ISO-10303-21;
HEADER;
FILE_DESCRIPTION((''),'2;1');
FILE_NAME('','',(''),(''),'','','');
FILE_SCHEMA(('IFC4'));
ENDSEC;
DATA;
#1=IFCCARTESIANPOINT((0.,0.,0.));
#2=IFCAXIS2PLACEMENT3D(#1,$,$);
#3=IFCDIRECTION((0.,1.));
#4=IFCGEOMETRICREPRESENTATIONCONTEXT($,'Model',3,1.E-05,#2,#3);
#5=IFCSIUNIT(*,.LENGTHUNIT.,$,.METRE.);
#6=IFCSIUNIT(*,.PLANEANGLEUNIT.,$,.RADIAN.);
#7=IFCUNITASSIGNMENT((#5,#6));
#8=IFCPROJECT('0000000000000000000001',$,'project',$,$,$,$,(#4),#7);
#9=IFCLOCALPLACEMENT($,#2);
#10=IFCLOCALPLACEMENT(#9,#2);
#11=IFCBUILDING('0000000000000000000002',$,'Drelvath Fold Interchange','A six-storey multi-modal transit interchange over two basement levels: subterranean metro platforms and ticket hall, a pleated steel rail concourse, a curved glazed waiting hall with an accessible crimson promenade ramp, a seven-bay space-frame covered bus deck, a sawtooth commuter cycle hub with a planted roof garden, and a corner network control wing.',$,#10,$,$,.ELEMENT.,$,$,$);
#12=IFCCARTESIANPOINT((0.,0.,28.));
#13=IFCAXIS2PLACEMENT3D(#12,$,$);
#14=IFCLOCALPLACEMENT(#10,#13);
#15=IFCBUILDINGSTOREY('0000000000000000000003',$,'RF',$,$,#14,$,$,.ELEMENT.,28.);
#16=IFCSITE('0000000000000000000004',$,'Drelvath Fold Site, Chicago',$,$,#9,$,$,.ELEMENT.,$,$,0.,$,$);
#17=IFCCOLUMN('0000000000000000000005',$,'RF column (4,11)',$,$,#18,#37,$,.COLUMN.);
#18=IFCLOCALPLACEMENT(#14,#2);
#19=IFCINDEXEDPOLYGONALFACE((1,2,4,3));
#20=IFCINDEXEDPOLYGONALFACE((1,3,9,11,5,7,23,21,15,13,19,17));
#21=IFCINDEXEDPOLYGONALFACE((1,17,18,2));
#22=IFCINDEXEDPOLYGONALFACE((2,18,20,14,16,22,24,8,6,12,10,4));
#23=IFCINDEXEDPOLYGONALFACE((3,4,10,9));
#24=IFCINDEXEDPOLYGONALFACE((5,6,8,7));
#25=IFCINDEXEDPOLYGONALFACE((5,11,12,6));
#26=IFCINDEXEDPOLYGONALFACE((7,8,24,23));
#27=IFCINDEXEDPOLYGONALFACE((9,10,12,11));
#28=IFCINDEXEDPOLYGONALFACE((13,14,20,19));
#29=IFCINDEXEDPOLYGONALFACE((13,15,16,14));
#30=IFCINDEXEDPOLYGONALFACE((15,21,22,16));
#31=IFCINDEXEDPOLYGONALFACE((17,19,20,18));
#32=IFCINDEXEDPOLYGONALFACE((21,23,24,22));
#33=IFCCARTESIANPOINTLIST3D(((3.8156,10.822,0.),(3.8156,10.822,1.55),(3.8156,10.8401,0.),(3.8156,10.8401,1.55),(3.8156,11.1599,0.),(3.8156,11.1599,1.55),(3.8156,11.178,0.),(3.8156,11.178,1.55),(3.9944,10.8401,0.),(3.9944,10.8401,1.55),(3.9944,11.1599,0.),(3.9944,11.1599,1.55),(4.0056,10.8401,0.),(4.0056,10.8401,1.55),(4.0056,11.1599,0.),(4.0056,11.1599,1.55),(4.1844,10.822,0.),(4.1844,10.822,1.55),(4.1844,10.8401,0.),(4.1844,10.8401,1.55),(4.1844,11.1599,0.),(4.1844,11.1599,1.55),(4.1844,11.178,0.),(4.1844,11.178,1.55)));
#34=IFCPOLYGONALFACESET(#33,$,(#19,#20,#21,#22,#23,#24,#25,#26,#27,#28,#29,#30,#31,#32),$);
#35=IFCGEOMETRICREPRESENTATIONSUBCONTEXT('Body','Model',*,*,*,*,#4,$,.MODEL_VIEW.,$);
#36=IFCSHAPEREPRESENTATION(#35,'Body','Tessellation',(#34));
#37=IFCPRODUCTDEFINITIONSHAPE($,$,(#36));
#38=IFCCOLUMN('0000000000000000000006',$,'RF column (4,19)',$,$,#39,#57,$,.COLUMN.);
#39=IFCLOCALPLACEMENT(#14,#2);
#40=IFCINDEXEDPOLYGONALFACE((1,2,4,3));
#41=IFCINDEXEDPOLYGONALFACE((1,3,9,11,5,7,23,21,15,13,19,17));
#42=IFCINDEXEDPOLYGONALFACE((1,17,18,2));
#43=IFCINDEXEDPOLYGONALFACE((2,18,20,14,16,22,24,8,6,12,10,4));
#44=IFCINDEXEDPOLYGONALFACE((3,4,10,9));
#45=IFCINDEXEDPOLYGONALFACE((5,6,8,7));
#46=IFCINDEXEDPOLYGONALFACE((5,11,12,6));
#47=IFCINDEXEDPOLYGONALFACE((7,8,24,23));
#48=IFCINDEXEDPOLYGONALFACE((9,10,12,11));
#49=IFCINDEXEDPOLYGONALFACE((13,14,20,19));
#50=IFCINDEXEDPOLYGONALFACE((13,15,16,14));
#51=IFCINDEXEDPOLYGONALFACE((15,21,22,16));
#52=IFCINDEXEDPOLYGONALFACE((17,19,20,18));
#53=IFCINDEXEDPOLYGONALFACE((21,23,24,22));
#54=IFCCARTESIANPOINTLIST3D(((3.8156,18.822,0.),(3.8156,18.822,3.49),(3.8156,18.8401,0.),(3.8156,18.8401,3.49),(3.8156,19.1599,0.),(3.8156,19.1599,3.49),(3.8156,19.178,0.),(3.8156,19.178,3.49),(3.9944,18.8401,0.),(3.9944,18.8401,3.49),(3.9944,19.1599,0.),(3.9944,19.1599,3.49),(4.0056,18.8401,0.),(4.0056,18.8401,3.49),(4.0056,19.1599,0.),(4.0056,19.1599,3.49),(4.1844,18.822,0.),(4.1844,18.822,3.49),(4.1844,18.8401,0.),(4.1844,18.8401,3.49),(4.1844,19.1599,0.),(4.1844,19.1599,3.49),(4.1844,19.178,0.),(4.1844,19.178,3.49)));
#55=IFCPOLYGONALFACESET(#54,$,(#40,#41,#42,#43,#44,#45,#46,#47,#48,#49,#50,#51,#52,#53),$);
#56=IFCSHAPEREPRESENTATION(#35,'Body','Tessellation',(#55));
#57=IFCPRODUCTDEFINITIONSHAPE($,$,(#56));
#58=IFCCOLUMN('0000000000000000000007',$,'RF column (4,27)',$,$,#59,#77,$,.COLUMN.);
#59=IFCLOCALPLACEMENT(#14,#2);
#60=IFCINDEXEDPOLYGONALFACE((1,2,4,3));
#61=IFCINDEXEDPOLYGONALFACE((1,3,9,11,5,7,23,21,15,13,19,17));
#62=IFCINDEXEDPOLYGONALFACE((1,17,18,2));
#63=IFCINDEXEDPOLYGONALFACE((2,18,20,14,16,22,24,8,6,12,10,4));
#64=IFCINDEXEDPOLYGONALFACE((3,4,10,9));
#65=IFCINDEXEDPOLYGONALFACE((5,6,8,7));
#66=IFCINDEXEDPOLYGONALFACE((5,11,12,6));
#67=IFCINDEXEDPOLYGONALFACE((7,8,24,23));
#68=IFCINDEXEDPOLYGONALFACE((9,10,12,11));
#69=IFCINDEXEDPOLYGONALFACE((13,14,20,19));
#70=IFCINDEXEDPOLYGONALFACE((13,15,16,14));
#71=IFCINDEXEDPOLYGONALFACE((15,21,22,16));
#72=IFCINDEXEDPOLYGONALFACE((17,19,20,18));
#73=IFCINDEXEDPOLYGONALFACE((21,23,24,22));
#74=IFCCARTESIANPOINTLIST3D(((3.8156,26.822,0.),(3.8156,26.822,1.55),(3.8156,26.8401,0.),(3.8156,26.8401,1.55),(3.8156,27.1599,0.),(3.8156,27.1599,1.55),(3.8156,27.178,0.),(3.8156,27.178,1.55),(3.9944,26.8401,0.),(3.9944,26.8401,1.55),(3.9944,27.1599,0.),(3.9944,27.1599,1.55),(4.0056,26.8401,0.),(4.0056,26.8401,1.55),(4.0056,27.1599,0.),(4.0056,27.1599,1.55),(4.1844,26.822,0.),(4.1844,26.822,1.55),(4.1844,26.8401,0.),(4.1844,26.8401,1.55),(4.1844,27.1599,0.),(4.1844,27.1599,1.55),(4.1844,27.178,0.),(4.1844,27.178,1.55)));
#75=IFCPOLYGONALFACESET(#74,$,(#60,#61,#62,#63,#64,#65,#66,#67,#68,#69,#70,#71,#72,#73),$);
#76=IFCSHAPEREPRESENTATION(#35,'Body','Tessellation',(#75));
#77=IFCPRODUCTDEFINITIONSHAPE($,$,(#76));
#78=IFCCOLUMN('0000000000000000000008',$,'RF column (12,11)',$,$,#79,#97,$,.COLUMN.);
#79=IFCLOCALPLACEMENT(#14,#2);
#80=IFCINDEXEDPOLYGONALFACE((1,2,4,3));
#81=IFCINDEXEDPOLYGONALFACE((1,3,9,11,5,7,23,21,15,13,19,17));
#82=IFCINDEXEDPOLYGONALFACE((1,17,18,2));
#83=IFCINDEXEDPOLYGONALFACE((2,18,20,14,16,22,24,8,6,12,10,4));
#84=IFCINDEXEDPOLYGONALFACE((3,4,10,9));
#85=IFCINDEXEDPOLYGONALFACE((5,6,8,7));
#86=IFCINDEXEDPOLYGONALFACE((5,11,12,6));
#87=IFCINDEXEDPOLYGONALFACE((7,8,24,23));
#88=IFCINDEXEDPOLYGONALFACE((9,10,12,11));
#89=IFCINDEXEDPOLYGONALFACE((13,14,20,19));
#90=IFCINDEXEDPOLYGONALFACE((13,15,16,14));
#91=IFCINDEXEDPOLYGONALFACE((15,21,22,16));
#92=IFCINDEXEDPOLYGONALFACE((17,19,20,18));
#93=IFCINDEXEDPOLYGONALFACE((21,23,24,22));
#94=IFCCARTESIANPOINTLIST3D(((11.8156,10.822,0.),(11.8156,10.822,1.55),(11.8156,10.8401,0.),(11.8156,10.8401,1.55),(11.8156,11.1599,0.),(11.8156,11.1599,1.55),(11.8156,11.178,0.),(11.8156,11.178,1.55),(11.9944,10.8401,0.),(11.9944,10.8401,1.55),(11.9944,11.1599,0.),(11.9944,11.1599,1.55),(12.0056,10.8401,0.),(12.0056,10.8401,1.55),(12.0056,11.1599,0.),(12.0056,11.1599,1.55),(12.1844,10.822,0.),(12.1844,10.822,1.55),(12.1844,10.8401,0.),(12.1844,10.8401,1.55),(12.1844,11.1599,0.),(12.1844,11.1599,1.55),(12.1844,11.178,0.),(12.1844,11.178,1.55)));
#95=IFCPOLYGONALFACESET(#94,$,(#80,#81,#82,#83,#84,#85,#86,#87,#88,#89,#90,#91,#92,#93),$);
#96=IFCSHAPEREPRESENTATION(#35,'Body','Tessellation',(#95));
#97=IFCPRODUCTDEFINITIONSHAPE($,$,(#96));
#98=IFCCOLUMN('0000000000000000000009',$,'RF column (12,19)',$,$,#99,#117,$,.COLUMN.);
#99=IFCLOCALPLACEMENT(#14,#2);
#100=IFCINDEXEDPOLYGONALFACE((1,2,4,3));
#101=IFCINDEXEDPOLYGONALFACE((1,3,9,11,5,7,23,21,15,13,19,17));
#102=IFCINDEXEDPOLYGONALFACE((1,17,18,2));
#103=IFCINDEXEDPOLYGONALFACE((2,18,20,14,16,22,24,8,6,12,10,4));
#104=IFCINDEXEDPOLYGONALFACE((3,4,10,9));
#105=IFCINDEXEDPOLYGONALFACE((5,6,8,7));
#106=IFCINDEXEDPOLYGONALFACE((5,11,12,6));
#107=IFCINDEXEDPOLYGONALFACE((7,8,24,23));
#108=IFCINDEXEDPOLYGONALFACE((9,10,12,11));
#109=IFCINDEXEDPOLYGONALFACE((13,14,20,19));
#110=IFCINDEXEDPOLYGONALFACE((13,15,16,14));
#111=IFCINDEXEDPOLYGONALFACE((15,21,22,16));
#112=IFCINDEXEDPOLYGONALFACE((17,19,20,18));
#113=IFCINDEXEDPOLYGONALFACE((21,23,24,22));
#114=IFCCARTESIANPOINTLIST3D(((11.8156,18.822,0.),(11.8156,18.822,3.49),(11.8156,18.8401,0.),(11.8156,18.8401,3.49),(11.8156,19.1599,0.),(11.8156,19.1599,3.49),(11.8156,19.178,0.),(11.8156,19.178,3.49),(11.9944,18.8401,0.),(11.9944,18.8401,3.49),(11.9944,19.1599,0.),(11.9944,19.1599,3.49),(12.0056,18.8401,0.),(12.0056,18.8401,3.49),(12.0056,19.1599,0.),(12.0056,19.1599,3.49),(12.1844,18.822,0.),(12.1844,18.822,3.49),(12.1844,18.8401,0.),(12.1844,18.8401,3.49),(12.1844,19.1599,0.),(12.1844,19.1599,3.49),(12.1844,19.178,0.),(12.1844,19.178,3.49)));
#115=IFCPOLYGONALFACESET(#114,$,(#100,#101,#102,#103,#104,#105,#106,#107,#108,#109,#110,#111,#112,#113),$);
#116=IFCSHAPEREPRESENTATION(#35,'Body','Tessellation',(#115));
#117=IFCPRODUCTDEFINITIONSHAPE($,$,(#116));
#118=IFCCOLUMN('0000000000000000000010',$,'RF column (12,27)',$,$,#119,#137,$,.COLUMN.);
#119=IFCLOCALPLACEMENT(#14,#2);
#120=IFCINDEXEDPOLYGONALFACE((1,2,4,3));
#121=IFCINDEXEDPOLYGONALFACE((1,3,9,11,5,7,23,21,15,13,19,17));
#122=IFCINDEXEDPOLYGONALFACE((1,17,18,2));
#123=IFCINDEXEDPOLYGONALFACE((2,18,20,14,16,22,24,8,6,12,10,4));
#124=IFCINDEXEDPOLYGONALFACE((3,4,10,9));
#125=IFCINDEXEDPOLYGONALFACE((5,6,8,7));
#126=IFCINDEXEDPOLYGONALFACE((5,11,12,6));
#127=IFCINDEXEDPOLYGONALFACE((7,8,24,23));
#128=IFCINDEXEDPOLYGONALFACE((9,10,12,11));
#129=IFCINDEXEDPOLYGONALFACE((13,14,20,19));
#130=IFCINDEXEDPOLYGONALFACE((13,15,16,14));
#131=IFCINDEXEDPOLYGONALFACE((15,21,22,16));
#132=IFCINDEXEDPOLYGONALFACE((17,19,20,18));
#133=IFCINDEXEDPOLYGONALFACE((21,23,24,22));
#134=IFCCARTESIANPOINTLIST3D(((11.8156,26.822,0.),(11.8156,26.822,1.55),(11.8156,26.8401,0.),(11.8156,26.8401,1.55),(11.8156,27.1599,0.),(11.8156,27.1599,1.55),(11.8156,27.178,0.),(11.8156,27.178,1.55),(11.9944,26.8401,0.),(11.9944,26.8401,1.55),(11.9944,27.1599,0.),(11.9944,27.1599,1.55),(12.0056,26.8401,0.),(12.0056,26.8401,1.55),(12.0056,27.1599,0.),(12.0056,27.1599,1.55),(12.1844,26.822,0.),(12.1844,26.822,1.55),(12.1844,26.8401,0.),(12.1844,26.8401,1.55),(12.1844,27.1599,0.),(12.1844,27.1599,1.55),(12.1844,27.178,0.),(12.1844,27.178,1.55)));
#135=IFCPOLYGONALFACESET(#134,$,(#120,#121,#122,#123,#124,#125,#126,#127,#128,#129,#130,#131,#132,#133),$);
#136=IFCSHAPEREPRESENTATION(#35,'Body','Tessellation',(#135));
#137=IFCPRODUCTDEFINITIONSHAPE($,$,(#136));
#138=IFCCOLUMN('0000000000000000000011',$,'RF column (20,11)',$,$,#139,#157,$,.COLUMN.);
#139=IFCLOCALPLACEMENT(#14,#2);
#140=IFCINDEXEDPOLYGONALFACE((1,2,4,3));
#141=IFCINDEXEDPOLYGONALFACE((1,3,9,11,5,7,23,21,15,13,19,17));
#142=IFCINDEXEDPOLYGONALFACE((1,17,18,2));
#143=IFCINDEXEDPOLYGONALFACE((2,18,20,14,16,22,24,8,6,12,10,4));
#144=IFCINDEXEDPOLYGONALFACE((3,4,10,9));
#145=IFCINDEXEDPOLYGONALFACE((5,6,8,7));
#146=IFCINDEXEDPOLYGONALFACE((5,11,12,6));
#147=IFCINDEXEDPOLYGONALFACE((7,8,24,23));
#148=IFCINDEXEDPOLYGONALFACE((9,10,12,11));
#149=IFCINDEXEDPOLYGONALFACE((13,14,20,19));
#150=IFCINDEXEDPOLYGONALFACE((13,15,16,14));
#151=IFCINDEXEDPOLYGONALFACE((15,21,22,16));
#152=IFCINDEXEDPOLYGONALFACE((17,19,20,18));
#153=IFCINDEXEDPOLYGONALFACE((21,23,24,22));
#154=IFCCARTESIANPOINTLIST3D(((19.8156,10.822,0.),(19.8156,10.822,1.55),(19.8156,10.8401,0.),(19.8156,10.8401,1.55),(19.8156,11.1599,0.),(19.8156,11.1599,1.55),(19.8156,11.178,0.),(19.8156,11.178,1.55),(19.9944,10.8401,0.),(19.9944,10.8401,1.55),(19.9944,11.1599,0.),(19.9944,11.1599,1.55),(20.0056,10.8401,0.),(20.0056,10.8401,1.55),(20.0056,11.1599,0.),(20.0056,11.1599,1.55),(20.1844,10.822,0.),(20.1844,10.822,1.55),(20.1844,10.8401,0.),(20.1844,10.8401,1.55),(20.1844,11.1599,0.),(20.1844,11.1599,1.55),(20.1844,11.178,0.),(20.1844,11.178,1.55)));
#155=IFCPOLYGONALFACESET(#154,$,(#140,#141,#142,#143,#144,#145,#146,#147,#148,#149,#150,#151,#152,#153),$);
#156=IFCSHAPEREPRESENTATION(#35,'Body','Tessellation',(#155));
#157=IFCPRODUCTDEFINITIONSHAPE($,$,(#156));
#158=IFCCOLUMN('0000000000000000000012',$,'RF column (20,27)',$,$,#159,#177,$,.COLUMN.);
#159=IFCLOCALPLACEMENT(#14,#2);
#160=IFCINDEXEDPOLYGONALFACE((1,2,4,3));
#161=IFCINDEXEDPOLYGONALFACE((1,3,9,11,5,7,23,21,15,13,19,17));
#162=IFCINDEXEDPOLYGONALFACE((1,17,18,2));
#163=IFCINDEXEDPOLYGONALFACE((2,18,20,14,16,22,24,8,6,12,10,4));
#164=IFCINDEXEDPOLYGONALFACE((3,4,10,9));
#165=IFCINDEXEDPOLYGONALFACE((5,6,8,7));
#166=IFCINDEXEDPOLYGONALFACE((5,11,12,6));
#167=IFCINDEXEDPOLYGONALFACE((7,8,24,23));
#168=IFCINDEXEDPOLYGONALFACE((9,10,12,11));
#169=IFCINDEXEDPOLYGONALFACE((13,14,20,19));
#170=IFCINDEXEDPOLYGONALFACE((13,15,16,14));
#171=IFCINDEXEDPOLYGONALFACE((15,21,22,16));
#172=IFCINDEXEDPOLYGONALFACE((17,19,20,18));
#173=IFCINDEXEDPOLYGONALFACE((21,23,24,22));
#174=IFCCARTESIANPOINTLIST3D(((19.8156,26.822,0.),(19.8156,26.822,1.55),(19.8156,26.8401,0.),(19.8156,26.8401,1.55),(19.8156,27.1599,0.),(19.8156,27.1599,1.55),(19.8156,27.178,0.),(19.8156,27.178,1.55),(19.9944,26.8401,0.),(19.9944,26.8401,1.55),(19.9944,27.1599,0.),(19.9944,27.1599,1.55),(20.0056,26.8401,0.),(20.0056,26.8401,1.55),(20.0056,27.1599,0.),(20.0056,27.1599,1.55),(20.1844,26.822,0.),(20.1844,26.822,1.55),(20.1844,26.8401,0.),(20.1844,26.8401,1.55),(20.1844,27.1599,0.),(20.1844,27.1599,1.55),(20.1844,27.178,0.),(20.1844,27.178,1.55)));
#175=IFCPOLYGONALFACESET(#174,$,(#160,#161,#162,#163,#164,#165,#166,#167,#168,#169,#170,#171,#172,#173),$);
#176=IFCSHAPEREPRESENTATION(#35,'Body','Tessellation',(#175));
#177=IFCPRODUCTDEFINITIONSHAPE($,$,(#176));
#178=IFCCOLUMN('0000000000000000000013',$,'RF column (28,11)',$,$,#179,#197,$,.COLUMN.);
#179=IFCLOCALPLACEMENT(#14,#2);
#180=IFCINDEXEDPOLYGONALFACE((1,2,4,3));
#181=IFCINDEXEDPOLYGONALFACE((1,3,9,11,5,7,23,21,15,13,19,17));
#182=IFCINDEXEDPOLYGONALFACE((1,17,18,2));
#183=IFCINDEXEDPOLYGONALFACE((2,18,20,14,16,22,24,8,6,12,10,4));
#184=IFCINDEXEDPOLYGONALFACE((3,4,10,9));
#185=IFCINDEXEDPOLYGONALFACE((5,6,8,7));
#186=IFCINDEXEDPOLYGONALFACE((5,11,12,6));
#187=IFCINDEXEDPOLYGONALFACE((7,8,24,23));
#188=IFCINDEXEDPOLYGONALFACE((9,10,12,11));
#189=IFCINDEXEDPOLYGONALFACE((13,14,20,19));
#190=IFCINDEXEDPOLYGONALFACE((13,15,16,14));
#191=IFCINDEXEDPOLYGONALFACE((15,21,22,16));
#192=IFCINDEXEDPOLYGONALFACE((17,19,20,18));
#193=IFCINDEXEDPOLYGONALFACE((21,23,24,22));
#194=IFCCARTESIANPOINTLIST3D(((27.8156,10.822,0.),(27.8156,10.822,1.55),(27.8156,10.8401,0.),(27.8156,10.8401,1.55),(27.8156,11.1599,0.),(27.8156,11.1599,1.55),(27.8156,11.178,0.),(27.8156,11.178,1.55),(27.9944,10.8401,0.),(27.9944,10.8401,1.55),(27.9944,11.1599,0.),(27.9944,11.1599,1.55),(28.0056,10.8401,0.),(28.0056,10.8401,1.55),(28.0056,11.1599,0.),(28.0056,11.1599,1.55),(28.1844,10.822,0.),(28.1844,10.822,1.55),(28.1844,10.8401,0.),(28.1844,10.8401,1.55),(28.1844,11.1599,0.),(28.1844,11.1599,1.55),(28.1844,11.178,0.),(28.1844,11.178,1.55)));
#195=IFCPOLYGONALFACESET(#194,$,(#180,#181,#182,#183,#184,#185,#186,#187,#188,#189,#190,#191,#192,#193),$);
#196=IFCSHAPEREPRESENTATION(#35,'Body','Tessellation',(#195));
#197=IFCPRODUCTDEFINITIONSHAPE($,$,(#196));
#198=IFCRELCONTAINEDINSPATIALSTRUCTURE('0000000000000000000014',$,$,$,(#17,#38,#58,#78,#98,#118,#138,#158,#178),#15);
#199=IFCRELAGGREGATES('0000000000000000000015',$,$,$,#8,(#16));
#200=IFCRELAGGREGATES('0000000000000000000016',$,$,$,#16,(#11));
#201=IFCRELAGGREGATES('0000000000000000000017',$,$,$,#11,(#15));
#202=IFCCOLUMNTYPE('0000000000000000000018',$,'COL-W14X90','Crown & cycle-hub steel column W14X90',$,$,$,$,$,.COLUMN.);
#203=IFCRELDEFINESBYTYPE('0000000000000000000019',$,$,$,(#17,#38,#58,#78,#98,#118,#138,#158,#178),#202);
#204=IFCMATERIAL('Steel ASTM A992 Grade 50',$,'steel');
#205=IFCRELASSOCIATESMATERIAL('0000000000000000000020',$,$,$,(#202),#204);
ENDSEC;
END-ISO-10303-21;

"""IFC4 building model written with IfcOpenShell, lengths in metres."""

from ifc_helpers import new_model, si_unit, direction, frame, origin, origin_2d, place, context, subcontext, project, spatial, i_section, extrude, material, material_profile, profile_set, type_object, element, save


model = new_model("IFC4")

# Units and contexts
model_context = context("Model", 3, precision=1e-05, world=origin(), true_north=direction((0.0, 1.0)))
body_context = subcontext(model_context, "Body", "Model", "MODEL_VIEW")
ifc_project = project(units=[si_unit("LENGTHUNIT", "METRE"), si_unit("PLANEANGLEUNIT", "RADIAN")], contexts=[model_context])

# Site, building, storey
site_placement = place(None, origin())
site = spatial("IfcSite", under=ifc_project, at=site_placement, Name="Drelvath Fold Site, Chicago", CompositionType="ELEMENT", RefElevation=0.0)
building_placement = place(site_placement, origin())
building = spatial("IfcBuilding", under=site, at=building_placement, Name="Drelvath Fold Interchange", Description="A six-storey multi-modal transit interchange over two basement levels: subterranean metro platforms and ticket hall, a pleated steel rail concourse, a curved glazed waiting hall with an accessible crimson promenade ramp, a seven-bay space-frame covered bus deck, a sawtooth commuter cycle hub with a planted roof garden, and a corner network control wing.", CompositionType="ELEMENT")
storey_placement = place(building_placement, frame((0.0, 0.0, 28.0)))
storey = spatial("IfcBuildingStorey", under=building, at=storey_placement, Name="RF", CompositionType="ELEMENT", Elevation=28.0)

# Columns
ifc_material_1 = material(Name="Steel ASTM A992 Grade 50", Category="steel")
ifc_material_profile_1 = material_profile(ifc_material_1, i_section(OverallWidth=0.3689, OverallDepth=0.356, WebThickness=0.0112, FlangeThickness=0.0181, at=origin_2d()), Name="W14X90")
ifc_profile_set_1 = profile_set([ifc_material_profile_1], Name="Steel ASTM A992 Grade 50")
column_type = type_object("IfcColumnType", Name="COL-W14X90", Description="Crown & cycle-hub steel column W14X90", PredefinedType="COLUMN", material=ifc_profile_set_1)
column_1_placement = place(storey_placement, frame((4.0, 11.0, 0.0), z_axis=(0.0, 0.0, 1.0), x_axis=(1.0, 0.0, 0.0)))
element("IfcColumn", 1, at=column_1_placement, inside=storey, type_object=column_type, Name="RF column (4,11)", PredefinedType="COLUMN", context=body_context, shape_type="SweptSolid", body=[
    extrude(i_section(OverallWidth=0.3689, OverallDepth=0.356, WebThickness=0.0112, FlangeThickness=0.0181, at=origin_2d()), origin(), (0.0, 0.0, 1.0), 1.55),
])
column_2_placement = place(storey_placement, frame((4.0, 19.0, 0.0), z_axis=(0.0, 0.0, 1.0), x_axis=(1.0, 0.0, 0.0)))
element("IfcColumn", 2, at=column_2_placement, inside=storey, type_object=column_type, Name="RF column (4,19)", PredefinedType="COLUMN", context=body_context, shape_type="SweptSolid", body=[
    extrude(i_section(OverallWidth=0.3689, OverallDepth=0.356, WebThickness=0.0112, FlangeThickness=0.0181, at=origin_2d()), origin(), (0.0, 0.0, 1.0), 3.49),
])
for number, where, z_axis, x_axis, name in (
    (3, (4.0, 27.0, 0.0), (0.0, 0.0, 1.0), (1.0, 0.0, 0.0), "RF column (4,27)"),
    (4, (12.0, 11.0, 0.0), (0.0, 0.0, 1.0), (1.0, 0.0, 0.0), "RF column (12,11)"),
):
    element("IfcColumn", number, at=place(storey_placement, frame(where, z_axis=z_axis, x_axis=x_axis)), inside=storey, type_object=column_type, Name=name, PredefinedType="COLUMN", context=body_context, shape_type="SweptSolid", body=[
        extrude(i_section(OverallWidth=0.3689, OverallDepth=0.356, WebThickness=0.0112, FlangeThickness=0.0181, at=origin_2d()), origin(), (0.0, 0.0, 1.0), 1.55),
    ])
column_3_placement = place(storey_placement, frame((12.0, 19.0, 0.0), z_axis=(0.0, 0.0, 1.0), x_axis=(1.0, 0.0, 0.0)))
element("IfcColumn", 5, at=column_3_placement, inside=storey, type_object=column_type, Name="RF column (12,19)", PredefinedType="COLUMN", context=body_context, shape_type="SweptSolid", body=[
    extrude(i_section(OverallWidth=0.3689, OverallDepth=0.356, WebThickness=0.0112, FlangeThickness=0.0181, at=origin_2d()), origin(), (0.0, 0.0, 1.0), 3.49),
])
for number, where, z_axis, x_axis, name in (
    (6, (12.0, 27.0, 0.0), (0.0, 0.0, 1.0), (1.0, 0.0, 0.0), "RF column (12,27)"),
    (7, (20.0, 11.0, 0.0), (0.0, 0.0, 1.0), (1.0, 0.0, 0.0), "RF column (20,11)"),
    (8, (20.0, 27.0, 0.0), (0.0, 0.0, 1.0), (1.0, 0.0, 0.0), "RF column (20,27)"),
    (9, (28.0, 11.0, 0.0), (0.0, 0.0, 1.0), (1.0, 0.0, 0.0), "RF column (28,11)"),
):
    element("IfcColumn", number, at=place(storey_placement, frame(where, z_axis=z_axis, x_axis=x_axis)), inside=storey, type_object=column_type, Name=name, PredefinedType="COLUMN", context=body_context, shape_type="SweptSolid", body=[
        extrude(i_section(OverallWidth=0.3689, OverallDepth=0.356, WebThickness=0.0112, FlangeThickness=0.0181, at=origin_2d()), origin(), (0.0, 0.0, 1.0), 1.55),
    ])

save(model, "model.ifc")
